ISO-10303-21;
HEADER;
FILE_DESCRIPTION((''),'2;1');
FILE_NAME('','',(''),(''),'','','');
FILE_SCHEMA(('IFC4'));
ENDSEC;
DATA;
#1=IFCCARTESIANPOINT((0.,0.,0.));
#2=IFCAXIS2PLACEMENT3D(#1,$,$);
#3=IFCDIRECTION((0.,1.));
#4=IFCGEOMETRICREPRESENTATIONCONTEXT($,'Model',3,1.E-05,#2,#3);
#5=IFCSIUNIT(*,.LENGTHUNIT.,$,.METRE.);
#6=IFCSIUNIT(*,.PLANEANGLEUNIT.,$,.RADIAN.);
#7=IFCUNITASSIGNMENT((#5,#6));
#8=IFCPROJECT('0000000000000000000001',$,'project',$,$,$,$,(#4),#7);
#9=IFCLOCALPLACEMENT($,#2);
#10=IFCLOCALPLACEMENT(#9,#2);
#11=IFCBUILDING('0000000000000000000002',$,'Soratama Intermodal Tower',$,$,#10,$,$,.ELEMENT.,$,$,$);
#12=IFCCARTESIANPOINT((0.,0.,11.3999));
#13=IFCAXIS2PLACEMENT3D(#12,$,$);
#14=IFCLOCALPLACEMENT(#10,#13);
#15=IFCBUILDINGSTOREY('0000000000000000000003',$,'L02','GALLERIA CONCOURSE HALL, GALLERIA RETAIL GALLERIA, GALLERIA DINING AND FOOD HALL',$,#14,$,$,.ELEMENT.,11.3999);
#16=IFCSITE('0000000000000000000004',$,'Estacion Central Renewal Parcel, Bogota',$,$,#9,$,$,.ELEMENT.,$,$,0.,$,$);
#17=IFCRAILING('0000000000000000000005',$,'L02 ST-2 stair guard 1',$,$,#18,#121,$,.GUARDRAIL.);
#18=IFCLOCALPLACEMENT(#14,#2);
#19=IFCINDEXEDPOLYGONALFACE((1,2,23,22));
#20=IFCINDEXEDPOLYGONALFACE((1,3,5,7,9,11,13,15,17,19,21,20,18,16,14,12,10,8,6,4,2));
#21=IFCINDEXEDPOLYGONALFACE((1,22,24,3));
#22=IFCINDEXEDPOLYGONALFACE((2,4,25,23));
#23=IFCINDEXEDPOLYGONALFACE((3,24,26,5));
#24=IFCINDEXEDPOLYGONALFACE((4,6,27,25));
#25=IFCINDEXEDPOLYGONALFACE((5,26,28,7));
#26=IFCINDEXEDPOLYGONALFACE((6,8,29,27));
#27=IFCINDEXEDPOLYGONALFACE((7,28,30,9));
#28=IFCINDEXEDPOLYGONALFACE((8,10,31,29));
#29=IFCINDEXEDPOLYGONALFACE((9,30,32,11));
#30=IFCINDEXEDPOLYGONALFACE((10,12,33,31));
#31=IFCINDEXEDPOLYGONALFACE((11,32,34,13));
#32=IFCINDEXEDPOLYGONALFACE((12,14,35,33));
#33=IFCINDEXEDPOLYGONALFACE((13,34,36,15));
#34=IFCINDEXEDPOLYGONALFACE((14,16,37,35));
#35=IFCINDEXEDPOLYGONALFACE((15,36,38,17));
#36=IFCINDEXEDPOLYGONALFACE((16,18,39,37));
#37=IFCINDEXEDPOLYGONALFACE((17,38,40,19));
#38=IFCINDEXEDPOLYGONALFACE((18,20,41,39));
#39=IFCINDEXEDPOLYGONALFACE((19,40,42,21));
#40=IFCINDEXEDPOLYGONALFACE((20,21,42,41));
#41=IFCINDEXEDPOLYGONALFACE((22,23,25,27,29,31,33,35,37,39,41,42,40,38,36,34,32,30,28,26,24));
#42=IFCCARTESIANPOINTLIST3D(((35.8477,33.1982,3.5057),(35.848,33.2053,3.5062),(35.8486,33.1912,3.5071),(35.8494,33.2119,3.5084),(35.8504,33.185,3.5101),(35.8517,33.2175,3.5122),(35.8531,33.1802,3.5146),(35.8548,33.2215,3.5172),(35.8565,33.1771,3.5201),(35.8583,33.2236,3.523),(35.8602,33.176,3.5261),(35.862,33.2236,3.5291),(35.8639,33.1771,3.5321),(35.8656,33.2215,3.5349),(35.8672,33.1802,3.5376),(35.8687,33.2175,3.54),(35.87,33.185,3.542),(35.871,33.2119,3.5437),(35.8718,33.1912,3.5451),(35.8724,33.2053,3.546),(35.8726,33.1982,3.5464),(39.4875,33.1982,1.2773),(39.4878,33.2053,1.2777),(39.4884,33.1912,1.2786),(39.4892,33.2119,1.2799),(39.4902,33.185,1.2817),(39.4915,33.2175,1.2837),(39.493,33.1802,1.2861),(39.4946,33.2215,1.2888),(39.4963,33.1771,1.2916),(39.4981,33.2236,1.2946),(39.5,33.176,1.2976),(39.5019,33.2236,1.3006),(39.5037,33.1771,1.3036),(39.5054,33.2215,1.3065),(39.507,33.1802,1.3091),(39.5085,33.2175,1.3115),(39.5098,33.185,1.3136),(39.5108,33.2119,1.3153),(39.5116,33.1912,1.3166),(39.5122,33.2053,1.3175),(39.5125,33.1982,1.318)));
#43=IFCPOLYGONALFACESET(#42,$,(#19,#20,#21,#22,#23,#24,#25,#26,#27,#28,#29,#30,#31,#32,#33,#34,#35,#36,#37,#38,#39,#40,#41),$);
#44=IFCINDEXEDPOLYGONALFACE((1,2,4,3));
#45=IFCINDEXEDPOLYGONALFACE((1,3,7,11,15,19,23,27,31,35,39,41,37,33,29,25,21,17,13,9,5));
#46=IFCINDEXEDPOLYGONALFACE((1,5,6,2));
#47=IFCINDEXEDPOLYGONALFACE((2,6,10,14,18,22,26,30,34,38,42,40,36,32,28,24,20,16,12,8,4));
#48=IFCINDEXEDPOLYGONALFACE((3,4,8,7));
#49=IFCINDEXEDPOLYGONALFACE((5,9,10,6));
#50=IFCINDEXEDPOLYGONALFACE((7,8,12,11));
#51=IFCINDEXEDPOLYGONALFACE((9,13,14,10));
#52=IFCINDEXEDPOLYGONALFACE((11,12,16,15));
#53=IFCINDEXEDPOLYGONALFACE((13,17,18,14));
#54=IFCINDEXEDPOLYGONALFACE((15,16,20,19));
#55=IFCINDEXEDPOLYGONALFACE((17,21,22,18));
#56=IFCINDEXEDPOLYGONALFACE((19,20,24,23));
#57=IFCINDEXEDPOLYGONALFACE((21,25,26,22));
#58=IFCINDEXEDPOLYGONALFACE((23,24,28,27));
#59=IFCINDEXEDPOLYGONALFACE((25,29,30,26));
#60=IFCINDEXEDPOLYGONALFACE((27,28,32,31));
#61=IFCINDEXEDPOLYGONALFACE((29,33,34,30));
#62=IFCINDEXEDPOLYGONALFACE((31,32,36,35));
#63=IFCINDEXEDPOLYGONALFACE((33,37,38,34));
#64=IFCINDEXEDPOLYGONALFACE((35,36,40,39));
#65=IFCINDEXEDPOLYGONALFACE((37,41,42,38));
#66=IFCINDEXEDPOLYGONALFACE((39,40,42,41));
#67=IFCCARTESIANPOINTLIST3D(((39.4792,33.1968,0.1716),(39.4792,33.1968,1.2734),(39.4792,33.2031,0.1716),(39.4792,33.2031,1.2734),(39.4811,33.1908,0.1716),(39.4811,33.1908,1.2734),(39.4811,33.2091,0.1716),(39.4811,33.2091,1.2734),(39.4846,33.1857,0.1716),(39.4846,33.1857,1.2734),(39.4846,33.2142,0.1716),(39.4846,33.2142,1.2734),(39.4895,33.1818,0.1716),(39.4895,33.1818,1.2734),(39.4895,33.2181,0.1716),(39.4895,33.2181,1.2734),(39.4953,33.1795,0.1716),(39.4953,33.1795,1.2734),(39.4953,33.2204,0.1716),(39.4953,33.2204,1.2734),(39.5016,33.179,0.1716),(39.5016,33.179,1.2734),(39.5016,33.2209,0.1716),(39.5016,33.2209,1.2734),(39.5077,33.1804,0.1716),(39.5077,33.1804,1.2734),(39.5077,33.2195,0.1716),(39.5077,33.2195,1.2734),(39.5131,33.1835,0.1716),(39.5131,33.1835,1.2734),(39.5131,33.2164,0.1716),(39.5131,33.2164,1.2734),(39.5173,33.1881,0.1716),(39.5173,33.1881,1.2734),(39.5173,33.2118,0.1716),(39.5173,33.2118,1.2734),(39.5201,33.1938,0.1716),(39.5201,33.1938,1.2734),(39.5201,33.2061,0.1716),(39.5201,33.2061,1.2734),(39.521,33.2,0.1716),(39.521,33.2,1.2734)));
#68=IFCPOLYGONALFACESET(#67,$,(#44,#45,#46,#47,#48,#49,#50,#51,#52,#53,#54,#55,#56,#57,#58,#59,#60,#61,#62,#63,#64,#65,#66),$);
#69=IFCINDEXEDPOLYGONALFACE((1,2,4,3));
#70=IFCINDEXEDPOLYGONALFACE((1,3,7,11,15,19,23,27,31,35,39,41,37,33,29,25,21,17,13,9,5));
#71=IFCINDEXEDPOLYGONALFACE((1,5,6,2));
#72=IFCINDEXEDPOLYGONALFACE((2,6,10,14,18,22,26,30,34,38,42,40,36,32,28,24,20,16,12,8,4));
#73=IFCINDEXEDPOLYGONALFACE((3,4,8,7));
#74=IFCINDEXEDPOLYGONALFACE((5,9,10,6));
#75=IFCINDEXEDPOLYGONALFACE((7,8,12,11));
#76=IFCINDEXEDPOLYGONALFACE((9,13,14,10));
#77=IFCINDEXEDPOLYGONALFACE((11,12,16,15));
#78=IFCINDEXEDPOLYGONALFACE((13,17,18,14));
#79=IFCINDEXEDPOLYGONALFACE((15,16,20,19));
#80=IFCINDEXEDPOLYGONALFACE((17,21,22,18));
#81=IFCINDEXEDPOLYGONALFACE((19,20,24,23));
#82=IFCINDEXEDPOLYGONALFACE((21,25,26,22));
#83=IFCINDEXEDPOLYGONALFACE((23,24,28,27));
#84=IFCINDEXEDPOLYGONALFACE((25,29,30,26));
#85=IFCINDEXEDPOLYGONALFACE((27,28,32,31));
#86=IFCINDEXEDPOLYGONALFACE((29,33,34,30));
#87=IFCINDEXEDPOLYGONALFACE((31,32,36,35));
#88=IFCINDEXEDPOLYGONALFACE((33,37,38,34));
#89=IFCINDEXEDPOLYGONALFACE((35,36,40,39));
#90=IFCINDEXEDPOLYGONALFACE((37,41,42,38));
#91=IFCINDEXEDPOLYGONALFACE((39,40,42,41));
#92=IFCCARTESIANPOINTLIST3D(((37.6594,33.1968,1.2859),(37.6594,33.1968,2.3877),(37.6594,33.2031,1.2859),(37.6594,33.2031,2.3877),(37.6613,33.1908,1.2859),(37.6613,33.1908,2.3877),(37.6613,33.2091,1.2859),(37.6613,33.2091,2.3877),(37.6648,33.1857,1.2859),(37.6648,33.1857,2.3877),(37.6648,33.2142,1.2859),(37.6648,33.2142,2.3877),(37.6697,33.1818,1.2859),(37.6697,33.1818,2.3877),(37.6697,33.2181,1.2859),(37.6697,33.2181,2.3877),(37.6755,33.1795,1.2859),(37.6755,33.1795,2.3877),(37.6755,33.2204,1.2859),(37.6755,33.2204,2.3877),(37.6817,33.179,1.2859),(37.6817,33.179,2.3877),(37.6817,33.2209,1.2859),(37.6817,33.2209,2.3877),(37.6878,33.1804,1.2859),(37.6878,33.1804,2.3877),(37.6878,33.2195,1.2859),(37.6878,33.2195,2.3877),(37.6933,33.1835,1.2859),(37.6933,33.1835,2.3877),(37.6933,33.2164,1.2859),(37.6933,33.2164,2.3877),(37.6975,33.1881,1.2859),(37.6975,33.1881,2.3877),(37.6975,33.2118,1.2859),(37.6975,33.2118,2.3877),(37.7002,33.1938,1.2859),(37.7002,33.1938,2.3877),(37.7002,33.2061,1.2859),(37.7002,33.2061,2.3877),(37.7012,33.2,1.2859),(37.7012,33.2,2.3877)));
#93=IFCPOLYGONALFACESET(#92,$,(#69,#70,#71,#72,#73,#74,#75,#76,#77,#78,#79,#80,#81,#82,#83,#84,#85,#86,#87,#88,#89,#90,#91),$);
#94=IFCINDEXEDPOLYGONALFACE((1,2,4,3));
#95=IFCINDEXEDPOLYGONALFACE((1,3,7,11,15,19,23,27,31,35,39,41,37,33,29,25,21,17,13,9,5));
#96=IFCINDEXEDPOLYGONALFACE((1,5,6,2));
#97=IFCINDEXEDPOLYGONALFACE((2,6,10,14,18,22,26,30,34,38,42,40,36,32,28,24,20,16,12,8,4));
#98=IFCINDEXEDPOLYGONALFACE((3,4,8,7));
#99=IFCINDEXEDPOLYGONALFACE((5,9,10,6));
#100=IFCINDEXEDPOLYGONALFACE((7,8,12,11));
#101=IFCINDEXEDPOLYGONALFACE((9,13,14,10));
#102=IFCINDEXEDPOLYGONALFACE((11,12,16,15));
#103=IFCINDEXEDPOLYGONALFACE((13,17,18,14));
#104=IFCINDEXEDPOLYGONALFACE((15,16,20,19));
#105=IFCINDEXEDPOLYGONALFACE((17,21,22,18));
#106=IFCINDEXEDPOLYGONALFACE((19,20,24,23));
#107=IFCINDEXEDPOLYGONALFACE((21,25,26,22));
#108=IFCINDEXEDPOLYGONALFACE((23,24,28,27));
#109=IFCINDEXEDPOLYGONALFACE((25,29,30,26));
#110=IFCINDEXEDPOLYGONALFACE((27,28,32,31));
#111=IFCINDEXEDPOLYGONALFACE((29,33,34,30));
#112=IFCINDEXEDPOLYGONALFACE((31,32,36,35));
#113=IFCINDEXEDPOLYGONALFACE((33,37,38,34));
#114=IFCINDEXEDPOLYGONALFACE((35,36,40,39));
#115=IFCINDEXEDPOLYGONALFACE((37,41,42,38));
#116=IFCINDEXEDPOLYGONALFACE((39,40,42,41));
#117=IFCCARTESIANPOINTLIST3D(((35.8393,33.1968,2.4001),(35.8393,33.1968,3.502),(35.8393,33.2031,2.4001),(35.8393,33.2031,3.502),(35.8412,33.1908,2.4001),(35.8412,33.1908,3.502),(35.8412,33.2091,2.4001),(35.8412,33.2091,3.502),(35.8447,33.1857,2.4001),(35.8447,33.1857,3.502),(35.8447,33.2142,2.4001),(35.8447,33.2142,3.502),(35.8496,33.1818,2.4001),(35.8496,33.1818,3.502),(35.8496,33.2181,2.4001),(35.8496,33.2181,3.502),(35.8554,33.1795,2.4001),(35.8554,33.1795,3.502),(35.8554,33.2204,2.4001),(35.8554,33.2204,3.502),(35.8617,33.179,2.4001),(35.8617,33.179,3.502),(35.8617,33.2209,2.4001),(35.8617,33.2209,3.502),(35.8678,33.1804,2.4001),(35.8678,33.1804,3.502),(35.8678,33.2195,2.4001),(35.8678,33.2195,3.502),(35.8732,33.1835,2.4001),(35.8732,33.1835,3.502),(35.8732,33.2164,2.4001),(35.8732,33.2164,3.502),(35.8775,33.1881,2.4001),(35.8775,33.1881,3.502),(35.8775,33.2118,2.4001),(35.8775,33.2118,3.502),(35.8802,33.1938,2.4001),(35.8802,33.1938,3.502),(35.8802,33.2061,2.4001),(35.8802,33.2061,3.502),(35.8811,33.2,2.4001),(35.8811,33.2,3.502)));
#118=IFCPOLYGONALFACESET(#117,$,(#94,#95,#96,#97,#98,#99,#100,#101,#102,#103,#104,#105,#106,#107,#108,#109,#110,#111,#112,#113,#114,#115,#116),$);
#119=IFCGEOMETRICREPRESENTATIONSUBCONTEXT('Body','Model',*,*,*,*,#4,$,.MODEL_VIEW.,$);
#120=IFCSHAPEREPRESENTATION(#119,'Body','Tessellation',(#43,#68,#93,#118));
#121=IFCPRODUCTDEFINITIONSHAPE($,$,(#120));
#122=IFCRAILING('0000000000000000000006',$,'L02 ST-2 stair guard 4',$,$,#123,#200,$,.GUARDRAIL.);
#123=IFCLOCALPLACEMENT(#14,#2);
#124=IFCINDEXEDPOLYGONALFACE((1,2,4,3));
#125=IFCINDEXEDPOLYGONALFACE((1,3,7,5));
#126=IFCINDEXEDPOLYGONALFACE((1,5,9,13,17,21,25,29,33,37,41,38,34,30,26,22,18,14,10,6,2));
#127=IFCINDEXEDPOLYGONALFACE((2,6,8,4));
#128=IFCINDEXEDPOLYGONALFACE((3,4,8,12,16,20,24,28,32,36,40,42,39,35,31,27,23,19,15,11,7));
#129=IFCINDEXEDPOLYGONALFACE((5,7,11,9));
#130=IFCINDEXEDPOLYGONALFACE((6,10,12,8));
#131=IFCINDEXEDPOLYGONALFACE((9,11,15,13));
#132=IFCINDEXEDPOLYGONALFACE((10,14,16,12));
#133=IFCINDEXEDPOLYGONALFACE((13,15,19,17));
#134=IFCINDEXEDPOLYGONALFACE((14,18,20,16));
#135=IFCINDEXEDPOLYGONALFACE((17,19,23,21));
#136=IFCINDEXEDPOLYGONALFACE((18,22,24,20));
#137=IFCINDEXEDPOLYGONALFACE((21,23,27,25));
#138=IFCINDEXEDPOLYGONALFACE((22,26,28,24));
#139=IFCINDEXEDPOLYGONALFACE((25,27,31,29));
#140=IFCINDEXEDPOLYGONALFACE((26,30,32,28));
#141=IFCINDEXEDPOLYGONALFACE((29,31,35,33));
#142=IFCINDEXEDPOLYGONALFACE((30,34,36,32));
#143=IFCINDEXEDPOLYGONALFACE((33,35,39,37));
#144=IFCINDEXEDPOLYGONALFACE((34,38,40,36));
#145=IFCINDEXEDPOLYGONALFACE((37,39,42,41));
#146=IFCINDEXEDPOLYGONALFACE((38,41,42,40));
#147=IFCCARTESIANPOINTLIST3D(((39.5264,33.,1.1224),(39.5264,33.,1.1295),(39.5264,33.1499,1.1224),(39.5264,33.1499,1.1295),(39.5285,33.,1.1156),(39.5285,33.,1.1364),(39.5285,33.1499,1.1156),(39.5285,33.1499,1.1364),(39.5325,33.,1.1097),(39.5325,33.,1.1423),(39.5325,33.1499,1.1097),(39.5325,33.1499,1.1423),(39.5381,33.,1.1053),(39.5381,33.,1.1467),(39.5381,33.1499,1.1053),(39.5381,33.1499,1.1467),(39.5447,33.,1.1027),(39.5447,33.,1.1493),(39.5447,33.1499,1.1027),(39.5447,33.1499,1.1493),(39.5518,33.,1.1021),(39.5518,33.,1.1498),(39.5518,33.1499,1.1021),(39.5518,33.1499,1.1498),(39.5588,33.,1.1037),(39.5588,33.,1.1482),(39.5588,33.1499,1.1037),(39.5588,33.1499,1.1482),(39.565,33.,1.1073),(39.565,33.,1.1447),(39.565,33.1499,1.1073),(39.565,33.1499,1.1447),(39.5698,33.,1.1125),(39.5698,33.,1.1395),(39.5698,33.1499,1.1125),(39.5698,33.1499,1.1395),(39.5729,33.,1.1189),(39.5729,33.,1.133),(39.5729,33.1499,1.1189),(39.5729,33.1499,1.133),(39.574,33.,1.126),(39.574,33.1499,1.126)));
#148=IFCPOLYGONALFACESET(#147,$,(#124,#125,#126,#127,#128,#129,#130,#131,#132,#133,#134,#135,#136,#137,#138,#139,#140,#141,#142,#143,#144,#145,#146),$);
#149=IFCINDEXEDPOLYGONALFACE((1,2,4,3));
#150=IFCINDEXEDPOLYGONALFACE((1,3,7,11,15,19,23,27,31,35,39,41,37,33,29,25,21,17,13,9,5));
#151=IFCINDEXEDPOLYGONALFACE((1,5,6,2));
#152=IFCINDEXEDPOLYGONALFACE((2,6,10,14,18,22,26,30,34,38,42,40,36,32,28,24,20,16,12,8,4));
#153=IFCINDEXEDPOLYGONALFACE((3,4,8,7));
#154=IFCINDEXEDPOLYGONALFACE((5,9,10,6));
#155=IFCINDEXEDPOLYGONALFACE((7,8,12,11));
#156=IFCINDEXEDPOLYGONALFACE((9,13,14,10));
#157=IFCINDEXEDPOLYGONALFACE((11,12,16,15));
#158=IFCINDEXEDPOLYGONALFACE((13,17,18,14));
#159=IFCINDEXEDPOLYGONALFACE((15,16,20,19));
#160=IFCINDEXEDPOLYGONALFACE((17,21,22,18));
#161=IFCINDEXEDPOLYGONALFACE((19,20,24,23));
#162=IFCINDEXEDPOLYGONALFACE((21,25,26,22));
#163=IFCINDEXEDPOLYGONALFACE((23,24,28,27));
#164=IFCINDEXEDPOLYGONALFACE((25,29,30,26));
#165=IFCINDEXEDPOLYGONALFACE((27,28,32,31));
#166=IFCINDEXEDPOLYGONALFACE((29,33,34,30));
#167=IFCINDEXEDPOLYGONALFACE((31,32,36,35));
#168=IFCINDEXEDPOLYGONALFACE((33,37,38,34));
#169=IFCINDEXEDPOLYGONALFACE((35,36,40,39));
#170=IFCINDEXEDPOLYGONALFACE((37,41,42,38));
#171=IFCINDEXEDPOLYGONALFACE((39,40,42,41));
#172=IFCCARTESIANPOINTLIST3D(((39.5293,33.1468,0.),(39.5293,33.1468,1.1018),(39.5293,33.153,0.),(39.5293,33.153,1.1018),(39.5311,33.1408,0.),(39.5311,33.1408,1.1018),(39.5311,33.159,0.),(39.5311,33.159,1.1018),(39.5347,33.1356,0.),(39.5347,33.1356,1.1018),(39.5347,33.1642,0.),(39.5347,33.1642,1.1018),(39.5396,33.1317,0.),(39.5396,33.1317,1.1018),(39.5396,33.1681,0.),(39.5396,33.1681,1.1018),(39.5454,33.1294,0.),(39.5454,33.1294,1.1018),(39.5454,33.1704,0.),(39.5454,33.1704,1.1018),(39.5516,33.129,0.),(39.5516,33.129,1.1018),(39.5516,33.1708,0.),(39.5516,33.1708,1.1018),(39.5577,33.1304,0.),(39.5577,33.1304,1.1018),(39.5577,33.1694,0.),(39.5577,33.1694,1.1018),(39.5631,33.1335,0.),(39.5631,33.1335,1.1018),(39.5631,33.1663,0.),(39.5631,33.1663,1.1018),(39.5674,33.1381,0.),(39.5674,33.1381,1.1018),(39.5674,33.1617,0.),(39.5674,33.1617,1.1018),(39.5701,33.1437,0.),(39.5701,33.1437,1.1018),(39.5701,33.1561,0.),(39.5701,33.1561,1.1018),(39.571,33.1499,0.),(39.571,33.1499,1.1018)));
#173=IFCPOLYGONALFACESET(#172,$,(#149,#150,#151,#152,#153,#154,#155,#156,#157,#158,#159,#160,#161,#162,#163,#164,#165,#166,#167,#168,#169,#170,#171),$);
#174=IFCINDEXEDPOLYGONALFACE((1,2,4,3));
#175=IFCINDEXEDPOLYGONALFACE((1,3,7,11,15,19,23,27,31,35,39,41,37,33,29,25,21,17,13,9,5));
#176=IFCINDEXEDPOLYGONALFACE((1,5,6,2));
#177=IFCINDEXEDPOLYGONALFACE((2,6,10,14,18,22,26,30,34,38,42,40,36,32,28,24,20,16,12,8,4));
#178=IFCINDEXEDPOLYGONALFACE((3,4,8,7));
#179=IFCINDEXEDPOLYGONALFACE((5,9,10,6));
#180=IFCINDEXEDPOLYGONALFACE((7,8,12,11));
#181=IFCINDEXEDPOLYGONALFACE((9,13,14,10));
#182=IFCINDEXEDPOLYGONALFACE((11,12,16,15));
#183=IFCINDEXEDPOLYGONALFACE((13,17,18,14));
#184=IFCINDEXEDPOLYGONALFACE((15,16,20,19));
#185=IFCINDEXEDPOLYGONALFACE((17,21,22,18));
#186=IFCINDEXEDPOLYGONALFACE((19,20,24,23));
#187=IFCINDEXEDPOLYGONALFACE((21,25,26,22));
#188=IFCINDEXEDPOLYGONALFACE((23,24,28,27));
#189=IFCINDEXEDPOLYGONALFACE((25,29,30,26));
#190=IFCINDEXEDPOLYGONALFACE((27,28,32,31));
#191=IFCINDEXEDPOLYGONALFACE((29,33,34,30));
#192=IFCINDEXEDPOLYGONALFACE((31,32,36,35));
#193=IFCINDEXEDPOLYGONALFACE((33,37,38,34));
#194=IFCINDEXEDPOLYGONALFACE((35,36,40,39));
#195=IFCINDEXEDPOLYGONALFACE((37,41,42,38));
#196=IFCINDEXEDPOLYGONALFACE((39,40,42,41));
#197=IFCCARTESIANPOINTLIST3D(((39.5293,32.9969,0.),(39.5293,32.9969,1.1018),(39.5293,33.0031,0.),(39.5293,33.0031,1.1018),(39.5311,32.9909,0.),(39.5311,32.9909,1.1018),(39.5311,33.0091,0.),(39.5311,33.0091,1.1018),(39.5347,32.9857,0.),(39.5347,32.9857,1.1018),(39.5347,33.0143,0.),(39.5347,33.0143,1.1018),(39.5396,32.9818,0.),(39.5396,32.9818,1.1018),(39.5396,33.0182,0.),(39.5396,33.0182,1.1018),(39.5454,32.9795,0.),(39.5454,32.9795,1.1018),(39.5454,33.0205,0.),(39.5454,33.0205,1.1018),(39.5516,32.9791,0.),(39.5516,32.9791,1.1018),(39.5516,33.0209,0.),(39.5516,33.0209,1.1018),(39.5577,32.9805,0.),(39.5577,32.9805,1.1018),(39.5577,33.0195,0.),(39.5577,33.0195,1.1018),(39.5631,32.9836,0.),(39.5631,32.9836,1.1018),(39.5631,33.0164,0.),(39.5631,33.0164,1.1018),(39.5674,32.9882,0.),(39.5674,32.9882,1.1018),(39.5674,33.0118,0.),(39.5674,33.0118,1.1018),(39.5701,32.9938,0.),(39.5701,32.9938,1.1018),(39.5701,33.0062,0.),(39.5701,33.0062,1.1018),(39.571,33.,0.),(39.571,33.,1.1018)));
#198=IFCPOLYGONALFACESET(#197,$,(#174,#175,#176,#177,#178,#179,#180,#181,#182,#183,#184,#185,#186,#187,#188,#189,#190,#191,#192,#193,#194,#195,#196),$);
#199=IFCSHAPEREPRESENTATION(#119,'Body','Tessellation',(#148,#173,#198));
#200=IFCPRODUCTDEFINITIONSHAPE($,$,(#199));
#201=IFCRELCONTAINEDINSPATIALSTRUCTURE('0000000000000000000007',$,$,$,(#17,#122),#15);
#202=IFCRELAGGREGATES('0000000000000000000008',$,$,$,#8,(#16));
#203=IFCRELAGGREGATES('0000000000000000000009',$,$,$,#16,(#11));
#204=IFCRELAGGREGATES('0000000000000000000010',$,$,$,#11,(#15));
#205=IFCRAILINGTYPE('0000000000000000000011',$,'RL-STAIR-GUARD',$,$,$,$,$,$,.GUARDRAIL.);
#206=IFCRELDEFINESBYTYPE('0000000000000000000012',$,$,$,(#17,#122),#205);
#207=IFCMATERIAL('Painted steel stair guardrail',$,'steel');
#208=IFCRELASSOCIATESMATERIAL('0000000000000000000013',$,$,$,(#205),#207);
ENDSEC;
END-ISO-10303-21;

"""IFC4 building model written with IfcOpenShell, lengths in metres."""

from ifc_helpers import new_model, si_unit, direction, frame, origin, origin_2d, place, context, subcontext, project, spatial, circle, extrude, material, type_object, element, save


model = new_model("IFC4")

# Units and contexts
model_context = context("Model", 3, precision=1e-05, world=origin(), true_north=direction((0.0, 1.0)))
body_context = subcontext(model_context, "Body", "Model", "MODEL_VIEW")
ifc_project = project(units=[si_unit("LENGTHUNIT", "METRE"), si_unit("PLANEANGLEUNIT", "RADIAN")], contexts=[model_context])

# Site, building, storey
site_placement = place(None, origin())
site = spatial("IfcSite", under=ifc_project, at=site_placement, Name="Estacion Central Renewal Parcel, Bogota", CompositionType="ELEMENT", RefElevation=0.0)
building_placement = place(site_placement, origin())
building = spatial("IfcBuilding", under=site, at=building_placement, Name="Soratama Intermodal Tower", CompositionType="ELEMENT")
storey_placement = place(building_placement, frame((0.0, 0.0, 11.3999)))
storey = spatial("IfcBuildingStorey", under=building, at=storey_placement, Name="L02", Description="GALLERIA CONCOURSE HALL, GALLERIA RETAIL GALLERIA, GALLERIA DINING AND FOOD HALL", CompositionType="ELEMENT", Elevation=11.3999)

# Railings
ifc_material_1 = material(Name="Painted steel stair guardrail", Category="steel")
railing_type_1 = type_object("IfcRailingType", Name="RL-STAIR-GUARD", PredefinedType="GUARDRAIL", material=ifc_material_1)
railing_1_placement = place(storey_placement, frame((39.5, 33.2, 0.1716)))
element("IfcRailing", 1, at=railing_1_placement, inside=storey, type_object=railing_type_1, Name="L02 ST-2 stair guard 1", PredefinedType="GUARDRAIL", context=body_context, shape_type="SweptSolid", body=[
    extrude(circle(Radius=0.0239, at=origin_2d()), frame((0.0, 0.0, 1.126), z_axis=(-0.85285, 0.0, 0.522156), x_axis=(0.0, -1.0, 0.0)), (0.0, 0.0, 1.0), 4.2678),
    extrude(circle(Radius=0.021, at=origin_2d()), origin(), (0.0, 0.0, 1.0), 1.1018),
    extrude(circle(Radius=0.021, at=origin_2d()), frame((-1.8198, 0.0, 1.1143)), (0.0, 0.0, 1.0), 1.1018),
    extrude(circle(Radius=0.021, at=origin_2d()), frame((-3.6399, 0.0, 2.2285)), (0.0, 0.0, 1.0), 1.1018),
])
railing_2_placement = place(storey_placement, frame((39.55, 33.1499, 0.0)))
element("IfcRailing", 2, at=railing_2_placement, inside=storey, type_object=railing_type_1, Name="L02 ST-2 stair guard 4", PredefinedType="GUARDRAIL", context=body_context, shape_type="SweptSolid", body=[
    extrude(circle(Radius=0.0239, at=origin_2d()), frame((0.0, 0.0, 1.126), z_axis=(0.0, -1.0, 0.0), x_axis=(1.0, 0.0, 0.0)), (0.0, 0.0, 1.0), 0.1499),
    extrude(circle(Radius=0.021, at=origin_2d()), origin(), (0.0, 0.0, 1.0), 1.1018),
    extrude(circle(Radius=0.021, at=origin_2d()), frame((0.0, -0.1499, 0.0)), (0.0, 0.0, 1.0), 1.1018),
])

save(model, "model.ifc")
